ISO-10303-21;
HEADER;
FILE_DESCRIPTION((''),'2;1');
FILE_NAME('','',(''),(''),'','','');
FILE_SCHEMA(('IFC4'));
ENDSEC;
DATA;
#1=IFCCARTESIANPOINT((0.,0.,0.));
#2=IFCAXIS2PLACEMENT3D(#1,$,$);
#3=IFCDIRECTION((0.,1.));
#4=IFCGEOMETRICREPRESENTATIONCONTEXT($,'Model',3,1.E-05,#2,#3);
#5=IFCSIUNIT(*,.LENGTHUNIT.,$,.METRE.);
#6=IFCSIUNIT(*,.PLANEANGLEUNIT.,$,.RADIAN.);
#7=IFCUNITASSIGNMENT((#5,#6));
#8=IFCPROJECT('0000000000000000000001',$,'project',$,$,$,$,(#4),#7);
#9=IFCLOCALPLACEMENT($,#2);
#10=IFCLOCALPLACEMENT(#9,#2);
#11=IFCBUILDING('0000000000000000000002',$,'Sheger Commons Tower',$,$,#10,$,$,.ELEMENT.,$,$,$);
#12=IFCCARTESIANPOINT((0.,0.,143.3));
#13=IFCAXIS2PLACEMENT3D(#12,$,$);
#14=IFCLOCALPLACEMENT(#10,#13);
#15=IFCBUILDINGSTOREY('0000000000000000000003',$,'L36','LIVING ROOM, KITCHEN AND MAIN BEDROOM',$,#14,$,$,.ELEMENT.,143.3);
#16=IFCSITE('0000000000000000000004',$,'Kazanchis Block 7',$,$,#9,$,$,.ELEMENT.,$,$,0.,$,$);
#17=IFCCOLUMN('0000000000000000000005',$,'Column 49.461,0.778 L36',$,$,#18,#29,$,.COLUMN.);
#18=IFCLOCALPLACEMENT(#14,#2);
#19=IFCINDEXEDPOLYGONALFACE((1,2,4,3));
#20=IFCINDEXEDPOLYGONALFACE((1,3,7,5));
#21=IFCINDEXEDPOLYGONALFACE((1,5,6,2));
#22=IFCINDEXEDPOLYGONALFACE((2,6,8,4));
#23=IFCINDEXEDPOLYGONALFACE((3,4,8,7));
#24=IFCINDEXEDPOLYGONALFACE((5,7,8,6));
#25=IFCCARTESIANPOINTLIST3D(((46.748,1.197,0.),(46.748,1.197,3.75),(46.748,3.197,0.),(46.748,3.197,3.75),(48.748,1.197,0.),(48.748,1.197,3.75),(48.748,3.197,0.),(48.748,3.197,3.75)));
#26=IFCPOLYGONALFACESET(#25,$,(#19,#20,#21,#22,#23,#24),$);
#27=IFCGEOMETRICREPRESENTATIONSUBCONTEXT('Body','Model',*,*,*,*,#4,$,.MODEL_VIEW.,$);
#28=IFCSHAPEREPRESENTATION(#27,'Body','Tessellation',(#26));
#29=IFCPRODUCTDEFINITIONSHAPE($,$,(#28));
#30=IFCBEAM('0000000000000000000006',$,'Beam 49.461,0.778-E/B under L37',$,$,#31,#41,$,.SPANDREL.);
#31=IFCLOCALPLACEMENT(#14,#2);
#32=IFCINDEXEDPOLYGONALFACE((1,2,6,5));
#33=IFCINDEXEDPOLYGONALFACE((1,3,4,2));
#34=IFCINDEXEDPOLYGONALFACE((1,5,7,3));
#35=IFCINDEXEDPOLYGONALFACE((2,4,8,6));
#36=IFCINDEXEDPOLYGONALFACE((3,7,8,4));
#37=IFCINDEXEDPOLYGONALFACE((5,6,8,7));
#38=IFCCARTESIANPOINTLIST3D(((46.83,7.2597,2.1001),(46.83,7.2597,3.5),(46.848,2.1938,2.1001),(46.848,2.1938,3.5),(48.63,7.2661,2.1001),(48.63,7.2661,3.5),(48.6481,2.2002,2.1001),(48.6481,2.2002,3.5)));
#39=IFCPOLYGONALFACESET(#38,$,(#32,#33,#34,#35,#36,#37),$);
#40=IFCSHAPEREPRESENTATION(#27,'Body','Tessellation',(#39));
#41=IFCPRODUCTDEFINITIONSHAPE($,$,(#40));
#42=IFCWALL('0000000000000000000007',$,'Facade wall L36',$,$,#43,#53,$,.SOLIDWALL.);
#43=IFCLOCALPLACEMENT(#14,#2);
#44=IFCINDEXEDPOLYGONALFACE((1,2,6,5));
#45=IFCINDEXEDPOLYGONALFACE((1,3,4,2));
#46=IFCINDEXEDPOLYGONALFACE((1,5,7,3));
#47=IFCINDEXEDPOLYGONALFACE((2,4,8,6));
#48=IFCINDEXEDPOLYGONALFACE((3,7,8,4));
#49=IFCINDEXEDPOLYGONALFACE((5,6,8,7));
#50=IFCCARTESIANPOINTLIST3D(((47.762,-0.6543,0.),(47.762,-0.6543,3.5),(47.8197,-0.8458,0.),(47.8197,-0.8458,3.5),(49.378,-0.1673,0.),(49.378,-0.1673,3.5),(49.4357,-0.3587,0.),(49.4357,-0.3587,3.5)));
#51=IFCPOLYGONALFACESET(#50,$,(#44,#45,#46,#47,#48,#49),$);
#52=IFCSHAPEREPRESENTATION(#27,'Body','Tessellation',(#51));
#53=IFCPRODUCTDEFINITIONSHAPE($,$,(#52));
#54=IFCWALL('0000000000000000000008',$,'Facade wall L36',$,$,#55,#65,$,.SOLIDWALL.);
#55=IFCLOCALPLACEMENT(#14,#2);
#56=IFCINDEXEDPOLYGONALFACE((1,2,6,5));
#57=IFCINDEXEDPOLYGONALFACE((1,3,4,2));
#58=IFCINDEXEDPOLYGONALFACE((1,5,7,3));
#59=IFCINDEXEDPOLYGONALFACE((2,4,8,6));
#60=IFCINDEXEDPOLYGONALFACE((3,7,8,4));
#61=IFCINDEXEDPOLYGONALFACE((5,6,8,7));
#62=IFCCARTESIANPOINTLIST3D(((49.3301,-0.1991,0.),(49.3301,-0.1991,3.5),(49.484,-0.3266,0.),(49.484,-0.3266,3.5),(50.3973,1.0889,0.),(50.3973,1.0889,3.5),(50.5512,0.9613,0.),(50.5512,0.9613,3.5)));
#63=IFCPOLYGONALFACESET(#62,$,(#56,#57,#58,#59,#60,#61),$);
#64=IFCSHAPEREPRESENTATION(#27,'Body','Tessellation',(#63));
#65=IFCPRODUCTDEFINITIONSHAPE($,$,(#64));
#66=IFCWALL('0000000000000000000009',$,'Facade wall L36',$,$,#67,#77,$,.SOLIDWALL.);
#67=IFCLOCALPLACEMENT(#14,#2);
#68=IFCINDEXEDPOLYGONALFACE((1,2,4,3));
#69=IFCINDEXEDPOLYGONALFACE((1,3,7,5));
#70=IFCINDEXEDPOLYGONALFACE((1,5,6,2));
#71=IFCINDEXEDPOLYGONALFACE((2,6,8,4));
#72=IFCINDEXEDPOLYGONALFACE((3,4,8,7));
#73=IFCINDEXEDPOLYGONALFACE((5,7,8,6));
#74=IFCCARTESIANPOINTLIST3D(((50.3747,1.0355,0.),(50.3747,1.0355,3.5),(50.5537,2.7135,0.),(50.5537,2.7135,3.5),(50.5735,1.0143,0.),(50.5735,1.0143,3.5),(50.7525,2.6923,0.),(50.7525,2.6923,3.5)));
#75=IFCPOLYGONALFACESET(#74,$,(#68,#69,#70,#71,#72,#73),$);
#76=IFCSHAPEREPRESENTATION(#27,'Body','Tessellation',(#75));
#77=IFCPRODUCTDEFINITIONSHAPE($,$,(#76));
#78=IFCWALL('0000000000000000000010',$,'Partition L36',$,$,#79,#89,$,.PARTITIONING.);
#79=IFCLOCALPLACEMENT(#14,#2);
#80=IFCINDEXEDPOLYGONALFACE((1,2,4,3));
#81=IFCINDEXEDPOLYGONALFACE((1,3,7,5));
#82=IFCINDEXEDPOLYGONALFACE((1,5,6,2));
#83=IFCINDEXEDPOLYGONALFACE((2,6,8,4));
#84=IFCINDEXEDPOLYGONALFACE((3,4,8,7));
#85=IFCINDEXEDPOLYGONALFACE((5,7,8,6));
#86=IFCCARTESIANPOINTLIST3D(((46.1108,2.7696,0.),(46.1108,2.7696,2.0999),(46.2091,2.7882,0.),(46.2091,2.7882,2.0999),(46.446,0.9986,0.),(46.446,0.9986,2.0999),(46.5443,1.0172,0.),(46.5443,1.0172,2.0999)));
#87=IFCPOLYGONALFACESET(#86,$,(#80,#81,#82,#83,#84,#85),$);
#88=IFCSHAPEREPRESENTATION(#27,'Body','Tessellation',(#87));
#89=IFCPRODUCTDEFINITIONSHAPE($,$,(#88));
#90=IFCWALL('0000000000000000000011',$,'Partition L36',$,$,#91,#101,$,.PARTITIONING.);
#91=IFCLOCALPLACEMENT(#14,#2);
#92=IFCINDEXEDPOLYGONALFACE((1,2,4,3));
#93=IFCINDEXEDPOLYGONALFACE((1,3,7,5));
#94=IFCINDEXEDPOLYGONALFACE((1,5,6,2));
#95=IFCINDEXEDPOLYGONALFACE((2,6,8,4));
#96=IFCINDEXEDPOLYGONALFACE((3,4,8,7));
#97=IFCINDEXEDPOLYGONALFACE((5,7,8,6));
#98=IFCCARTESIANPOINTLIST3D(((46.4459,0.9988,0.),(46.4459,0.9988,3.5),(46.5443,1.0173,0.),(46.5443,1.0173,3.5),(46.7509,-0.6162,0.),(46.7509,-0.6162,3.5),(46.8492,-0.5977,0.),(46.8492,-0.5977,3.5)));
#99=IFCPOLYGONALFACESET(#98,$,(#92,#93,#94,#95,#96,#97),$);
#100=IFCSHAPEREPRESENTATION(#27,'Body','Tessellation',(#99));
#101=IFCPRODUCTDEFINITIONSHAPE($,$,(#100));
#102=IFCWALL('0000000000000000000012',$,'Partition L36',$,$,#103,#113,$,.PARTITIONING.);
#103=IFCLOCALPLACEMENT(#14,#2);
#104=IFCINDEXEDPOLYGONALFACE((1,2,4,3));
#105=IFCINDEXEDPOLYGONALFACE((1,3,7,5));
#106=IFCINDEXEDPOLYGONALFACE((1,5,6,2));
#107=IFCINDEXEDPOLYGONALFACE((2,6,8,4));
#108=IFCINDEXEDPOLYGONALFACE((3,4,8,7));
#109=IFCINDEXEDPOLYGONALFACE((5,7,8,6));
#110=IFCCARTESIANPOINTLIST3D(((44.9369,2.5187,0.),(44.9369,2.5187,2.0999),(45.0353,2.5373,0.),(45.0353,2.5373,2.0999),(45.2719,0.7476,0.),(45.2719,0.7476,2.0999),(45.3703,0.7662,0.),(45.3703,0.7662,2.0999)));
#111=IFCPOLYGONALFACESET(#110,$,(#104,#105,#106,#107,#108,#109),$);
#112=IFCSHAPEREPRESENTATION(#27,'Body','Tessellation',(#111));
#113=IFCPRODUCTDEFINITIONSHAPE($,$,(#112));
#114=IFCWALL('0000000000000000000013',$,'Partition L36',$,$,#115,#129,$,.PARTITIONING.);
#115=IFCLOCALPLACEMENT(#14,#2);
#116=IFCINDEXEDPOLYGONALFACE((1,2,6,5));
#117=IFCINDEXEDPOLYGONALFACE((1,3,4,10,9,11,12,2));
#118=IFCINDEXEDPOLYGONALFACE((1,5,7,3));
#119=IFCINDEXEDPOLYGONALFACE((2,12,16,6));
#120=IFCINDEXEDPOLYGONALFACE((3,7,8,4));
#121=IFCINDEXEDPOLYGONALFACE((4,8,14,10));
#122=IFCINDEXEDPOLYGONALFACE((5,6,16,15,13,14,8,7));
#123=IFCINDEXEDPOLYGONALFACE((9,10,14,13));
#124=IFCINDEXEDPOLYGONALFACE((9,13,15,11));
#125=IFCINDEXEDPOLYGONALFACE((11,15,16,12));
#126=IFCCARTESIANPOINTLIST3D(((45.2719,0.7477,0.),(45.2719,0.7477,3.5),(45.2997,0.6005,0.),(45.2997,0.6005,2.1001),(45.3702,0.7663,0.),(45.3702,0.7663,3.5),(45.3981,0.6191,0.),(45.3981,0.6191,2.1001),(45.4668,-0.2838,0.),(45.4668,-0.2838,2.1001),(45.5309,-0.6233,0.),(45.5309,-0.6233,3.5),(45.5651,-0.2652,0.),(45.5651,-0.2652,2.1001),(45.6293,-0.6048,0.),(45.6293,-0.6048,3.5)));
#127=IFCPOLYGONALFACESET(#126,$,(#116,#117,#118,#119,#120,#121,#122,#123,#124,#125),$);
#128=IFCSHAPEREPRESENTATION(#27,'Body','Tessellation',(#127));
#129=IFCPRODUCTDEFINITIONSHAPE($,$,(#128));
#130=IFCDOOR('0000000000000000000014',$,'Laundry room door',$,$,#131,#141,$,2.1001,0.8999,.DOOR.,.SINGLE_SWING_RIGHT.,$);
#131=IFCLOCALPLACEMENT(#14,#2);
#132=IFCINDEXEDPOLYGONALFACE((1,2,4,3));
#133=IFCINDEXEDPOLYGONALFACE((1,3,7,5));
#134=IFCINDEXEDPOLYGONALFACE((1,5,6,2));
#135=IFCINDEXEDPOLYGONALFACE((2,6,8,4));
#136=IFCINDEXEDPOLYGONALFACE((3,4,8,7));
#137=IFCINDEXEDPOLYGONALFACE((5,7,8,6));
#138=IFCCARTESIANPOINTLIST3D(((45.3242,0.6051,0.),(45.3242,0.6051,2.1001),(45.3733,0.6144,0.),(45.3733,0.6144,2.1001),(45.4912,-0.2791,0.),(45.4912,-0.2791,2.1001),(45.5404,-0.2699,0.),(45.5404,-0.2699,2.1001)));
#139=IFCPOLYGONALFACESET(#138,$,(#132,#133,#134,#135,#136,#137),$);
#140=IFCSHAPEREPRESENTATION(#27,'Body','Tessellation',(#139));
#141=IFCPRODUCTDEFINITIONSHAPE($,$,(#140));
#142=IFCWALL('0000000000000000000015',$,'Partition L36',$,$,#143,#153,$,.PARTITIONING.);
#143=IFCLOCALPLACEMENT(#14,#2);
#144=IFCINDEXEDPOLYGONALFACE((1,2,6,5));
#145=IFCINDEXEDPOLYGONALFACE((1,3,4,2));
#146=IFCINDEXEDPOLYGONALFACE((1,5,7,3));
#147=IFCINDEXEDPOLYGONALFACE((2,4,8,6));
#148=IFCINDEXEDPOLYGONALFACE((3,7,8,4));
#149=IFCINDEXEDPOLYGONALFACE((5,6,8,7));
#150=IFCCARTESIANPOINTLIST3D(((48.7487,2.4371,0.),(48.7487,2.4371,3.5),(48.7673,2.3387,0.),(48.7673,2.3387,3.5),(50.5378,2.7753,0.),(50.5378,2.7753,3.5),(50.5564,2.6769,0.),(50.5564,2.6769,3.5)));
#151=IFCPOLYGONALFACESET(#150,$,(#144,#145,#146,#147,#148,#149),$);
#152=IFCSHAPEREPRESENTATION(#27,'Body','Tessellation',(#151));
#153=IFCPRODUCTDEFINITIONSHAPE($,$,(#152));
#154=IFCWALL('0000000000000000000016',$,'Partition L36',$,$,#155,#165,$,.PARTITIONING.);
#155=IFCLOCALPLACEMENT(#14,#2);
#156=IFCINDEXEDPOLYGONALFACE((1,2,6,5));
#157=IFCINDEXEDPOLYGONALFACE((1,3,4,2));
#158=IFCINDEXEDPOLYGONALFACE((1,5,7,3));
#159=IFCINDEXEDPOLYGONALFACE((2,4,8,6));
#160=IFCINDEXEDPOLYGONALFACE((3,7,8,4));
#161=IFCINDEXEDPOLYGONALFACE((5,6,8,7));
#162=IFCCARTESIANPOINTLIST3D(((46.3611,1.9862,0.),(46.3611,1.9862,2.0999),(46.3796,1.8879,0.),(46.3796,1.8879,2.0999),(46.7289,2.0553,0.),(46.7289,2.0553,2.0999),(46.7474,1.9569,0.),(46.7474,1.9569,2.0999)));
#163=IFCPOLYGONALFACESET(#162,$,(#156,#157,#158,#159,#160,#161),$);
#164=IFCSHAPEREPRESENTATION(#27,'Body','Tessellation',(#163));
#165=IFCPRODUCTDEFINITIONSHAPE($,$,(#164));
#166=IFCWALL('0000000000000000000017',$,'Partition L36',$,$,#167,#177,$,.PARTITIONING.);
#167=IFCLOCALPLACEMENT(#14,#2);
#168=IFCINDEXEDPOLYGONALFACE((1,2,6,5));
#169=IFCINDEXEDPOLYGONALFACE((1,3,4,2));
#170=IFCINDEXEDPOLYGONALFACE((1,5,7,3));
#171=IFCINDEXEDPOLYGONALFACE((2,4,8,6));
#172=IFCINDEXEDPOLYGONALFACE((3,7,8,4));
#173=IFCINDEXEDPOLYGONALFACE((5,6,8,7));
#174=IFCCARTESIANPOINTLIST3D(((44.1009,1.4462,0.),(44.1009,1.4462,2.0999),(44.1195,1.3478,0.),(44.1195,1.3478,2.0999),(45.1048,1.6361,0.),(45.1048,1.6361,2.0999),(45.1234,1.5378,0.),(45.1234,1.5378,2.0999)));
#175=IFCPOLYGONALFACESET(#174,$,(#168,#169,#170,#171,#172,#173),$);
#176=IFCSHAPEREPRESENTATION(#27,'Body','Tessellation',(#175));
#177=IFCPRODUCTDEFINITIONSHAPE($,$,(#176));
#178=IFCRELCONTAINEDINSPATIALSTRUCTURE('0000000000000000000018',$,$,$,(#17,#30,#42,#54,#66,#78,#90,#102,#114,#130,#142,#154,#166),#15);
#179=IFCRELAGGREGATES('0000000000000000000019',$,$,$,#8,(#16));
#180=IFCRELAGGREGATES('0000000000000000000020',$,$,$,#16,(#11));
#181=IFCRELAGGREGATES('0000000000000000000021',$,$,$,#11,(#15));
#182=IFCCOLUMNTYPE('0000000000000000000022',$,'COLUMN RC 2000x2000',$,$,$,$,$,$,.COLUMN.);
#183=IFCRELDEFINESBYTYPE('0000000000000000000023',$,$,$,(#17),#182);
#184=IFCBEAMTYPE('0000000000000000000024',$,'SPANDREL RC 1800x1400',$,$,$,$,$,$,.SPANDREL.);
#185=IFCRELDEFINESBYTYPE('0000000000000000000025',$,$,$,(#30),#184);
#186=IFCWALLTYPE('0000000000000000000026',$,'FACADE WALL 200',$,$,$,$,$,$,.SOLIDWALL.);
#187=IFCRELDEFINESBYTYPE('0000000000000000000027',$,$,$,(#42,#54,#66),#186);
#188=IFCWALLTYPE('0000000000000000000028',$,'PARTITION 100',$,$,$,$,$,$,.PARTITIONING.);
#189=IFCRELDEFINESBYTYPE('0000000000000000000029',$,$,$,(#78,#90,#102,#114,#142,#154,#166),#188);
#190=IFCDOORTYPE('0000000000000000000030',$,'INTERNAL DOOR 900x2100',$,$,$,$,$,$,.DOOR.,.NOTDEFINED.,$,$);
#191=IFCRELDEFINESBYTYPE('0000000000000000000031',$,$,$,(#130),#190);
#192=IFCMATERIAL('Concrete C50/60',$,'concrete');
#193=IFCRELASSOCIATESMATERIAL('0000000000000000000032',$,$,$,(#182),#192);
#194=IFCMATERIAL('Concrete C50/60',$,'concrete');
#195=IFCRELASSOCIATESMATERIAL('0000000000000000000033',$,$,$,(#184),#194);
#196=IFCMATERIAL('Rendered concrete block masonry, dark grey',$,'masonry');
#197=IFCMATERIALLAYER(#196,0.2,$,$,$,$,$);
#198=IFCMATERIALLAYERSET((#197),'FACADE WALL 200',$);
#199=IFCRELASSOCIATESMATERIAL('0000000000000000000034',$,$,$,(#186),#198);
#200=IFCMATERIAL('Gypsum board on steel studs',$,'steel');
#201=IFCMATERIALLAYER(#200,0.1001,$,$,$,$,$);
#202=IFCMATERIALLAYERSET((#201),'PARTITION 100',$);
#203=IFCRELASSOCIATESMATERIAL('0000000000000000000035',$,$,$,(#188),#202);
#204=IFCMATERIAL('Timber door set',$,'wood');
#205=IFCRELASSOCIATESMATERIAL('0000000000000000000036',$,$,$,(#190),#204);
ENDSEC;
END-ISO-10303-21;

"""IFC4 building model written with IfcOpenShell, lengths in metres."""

from ifc_helpers import new_model, si_unit, direction, frame, frame_2d, origin, origin_2d, place, context, subcontext, project, spatial, rectangle, extrude, material, layer, layer_set, material_profile, profile_set, type_object, element, fill, save


model = new_model("IFC4")

# Units and contexts
model_context = context("Model", 3, precision=1e-05, world=origin(), true_north=direction((0.0, 1.0)))
body_context = subcontext(model_context, "Body", "Model", "MODEL_VIEW")
ifc_project = project(units=[si_unit("LENGTHUNIT", "METRE"), si_unit("PLANEANGLEUNIT", "RADIAN")], contexts=[model_context])

# Site, building, storey
site_placement = place(None, origin())
site = spatial("IfcSite", under=ifc_project, at=site_placement, Name="Kazanchis Block 7", CompositionType="ELEMENT", RefElevation=0.0)
building_placement = place(site_placement, origin())
building = spatial("IfcBuilding", under=site, at=building_placement, Name="Sheger Commons Tower", CompositionType="ELEMENT")
storey_placement = place(building_placement, frame((0.0, 0.0, 143.3)))
storey = spatial("IfcBuildingStorey", under=building, at=storey_placement, Name="L36", Description="LIVING ROOM, KITCHEN AND MAIN BEDROOM", CompositionType="ELEMENT", Elevation=143.3)

# Column
ifc_material_1 = material(Name="Concrete C50/60", Category="concrete")
ifc_material_profile_1 = material_profile(ifc_material_1, rectangle(XDim=2.0, YDim=2.0, at=origin_2d()), Name="RC 2000x2000")
ifc_profile_set_1 = profile_set([ifc_material_profile_1], Name="Concrete C50/60")
column_type = type_object("IfcColumnType", Name="COLUMN RC 2000x2000", PredefinedType="COLUMN", material=ifc_profile_set_1)
column_placement = place(storey_placement, frame((47.748, 2.197, 0.0), z_axis=(0.0, 0.0, 1.0), x_axis=(1.0, 0.0, 0.0)))
element("IfcColumn", 1, at=column_placement, inside=storey, type_object=column_type, Name="Column 49.461,0.778 L36", PredefinedType="COLUMN", context=body_context, shape_type="SweptSolid", body=[
    extrude(rectangle(XDim=2.0, YDim=2.0, at=origin_2d()), origin(), (0.0, 0.0, 1.0), 3.75),
])

# Beam
ifc_material_2 = material(Name="Concrete C50/60", Category="concrete")
ifc_material_profile_2 = material_profile(ifc_material_2, rectangle(XDim=1.8, YDim=1.3999, at=origin_2d()), Name="RC 1800x1400")
ifc_profile_set_2 = profile_set([ifc_material_profile_2], Name="Concrete C50/60")
beam_type = type_object("IfcBeamType", Name="SPANDREL RC 1800x1400", PredefinedType="SPANDREL", material=ifc_profile_set_2)
beam_placement = place(storey_placement, frame((47.748, 2.197, 2.8), z_axis=(-0.003566, 0.999994, 0.0), x_axis=(-0.999994, -0.003566, 0.0)))
element("IfcBeam", 2, at=beam_placement, inside=storey, type_object=beam_type, Name="Beam 49.461,0.778-E/B under L37", PredefinedType="SPANDREL", context=body_context, shape_type="SweptSolid", body=[
    extrude(rectangle(XDim=1.8, YDim=1.3999, at=origin_2d()), origin(), (0.0, 0.0, 1.0), 5.0659),
])

# Walls
ifc_material_3 = material(Name="Rendered concrete block masonry, dark grey", Category="masonry")
ifc_layer_1 = layer(ifc_material_3, 0.2)
ifc_layer_set_1 = layer_set([ifc_layer_1], Name="FACADE WALL 200")
wall_type_1 = type_object("IfcWallType", Name="FACADE WALL 200", PredefinedType="SOLIDWALL", material=ifc_layer_set_1)
wall_1_placement = place(storey_placement, frame((47.791, -0.75, 0.0), z_axis=(0.0, 0.0, 1.0), x_axis=(0.957455, 0.288582, 0.0)))
element("IfcWall", 3, at=wall_1_placement, inside=storey, type_object=wall_type_1, Name="Facade wall L36", PredefinedType="SOLIDWALL", context=body_context, shape_type="SweptSolid", body=[
    extrude(rectangle(XDim=1.6877, YDim=0.2, at=frame_2d((0.8438, 0.0))), origin(), (0.0, 0.0, 1.0), 3.5),
])
wall_2_placement = place(storey_placement, frame((49.407, -0.2629, 0.0), z_axis=(0.0, 0.0, 1.0), x_axis=(0.638043, 0.770001, 0.0)))
element("IfcWall", 4, at=wall_2_placement, inside=storey, type_object=wall_type_1, Name="Facade wall L36", PredefinedType="SOLIDWALL", context=body_context, shape_type="SweptSolid", body=[
    extrude(rectangle(XDim=1.6726, YDim=0.2, at=frame_2d((0.8364, 0.0))), origin(), (0.0, 0.0, 1.0), 3.5),
])
wall_3_placement = place(storey_placement, frame((50.4741, 1.0249, 0.0), z_axis=(0.0, 0.0, 1.0), x_axis=(0.106048, 0.994361, 0.0)))
element("IfcWall", 5, at=wall_3_placement, inside=storey, type_object=wall_type_1, Name="Facade wall L36", PredefinedType="SOLIDWALL", context=body_context, shape_type="SweptSolid", body=[
    extrude(rectangle(XDim=1.6875, YDim=0.2, at=frame_2d((0.8438, 0.0))), origin(), (0.0, 0.0, 1.0), 3.5),
])

# Walls
ifc_material_4 = material(Name="Gypsum board on steel studs", Category="steel")
ifc_layer_2 = layer(ifc_material_4, 0.1001)
ifc_layer_set_2 = layer_set([ifc_layer_2], Name="PARTITION 100")
wall_type_2 = type_object("IfcWallType", Name="PARTITION 100", PredefinedType="PARTITIONING", material=ifc_layer_set_2)
wall_4_placement = place(storey_placement, frame((46.1599, 2.7791, 0.0), z_axis=(0.0, 0.0, 1.0), x_axis=(0.185973, -0.982555, 0.0)))
element("IfcWall", 6, at=wall_4_placement, inside=storey, type_object=wall_type_2, Name="Partition L36", PredefinedType="PARTITIONING", context=body_context, shape_type="SweptSolid", body=[
    extrude(rectangle(XDim=1.8025, YDim=0.1001, at=frame_2d((0.9014, 0.0))), origin(), (0.0, 0.0, 1.0), 2.0999),
])
wall_5_placement = place(storey_placement, frame((46.4951, 1.0081, 0.0), z_axis=(0.0, 0.0, 1.0), x_axis=(0.185535, -0.982638, 0.0)))
element("IfcWall", 7, at=wall_5_placement, inside=storey, type_object=wall_type_2, Name="Partition L36", PredefinedType="PARTITIONING", context=body_context, shape_type="SweptSolid", body=[
    extrude(rectangle(XDim=1.6436, YDim=0.1001, at=frame_2d((0.8218, 0.0))), origin(), (0.0, 0.0, 1.0), 3.5),
])
wall_6_placement = place(storey_placement, frame((44.9861, 2.5281, 0.0), z_axis=(0.0, 0.0, 1.0), x_axis=(0.185842, -0.98258, 0.0)))
element("IfcWall", 8, at=wall_6_placement, inside=storey, type_object=wall_type_2, Name="Partition L36", PredefinedType="PARTITIONING", context=body_context, shape_type="SweptSolid", body=[
    extrude(rectangle(XDim=1.8025, YDim=0.1001, at=frame_2d((0.9014, 0.0))), origin(), (0.0, 0.0, 1.0), 2.0999),
])

# Wall, opening, door
wall_7_placement = place(storey_placement, frame((45.321, 0.7571, 0.0), z_axis=(0.0, 0.0, 1.0), x_axis=(0.185641, -0.982618, 0.0)))
wall_7 = element("IfcWall", 9, at=wall_7_placement, inside=storey, type_object=wall_type_2, Name="Partition L36", PredefinedType="PARTITIONING", context=body_context, shape_type="SweptSolid", body=[
    extrude(rectangle(XDim=1.3953, YDim=0.1001, at=frame_2d((0.6978, 0.0))), origin(), (0.0, 0.0, 1.0), 3.5),
])
opening_1_placement = place(wall_7_placement, frame((0.1499, 0.0, 0.0)))
opening_1 = element("IfcOpeningElement", 10, at=opening_1_placement, cuts=wall_7, PredefinedType="OPENING", context=body_context, shape_type="SweptSolid", body=[
    extrude(rectangle(XDim=0.8999, YDim=2.1001, at=frame_2d((0.45, 1.05))), frame((0.0, 0.0601, 0.0), z_axis=(0.0, -1.0, 0.0), x_axis=(1.0, 0.0, 0.0)), (0.0, 0.0, 1.0), 0.1201),
])
ifc_material_5 = material(Name="Timber door set", Category="wood")
door_type = type_object("IfcDoorType", Name="INTERNAL DOOR 900x2100", OperationType="NOTDEFINED", PredefinedType="DOOR", material=ifc_material_5)
door_placement = place(opening_1_placement, origin())
door = element("IfcDoor", 11, at=door_placement, inside=storey, type_object=door_type, Name="Laundry room door", OperationType="SINGLE_SWING_RIGHT", OverallHeight=2.1001, OverallWidth=0.8999, PredefinedType="DOOR", context=body_context, shape_type="SweptSolid", body=[
    extrude(rectangle(XDim=0.8999, YDim=2.1001, at=frame_2d((0.45, 1.05))), frame((0.0, 0.0249, 0.0), z_axis=(0.0, -1.0, 0.0), x_axis=(1.0, 0.0, 0.0)), (0.0, 0.0, 1.0), 0.05),
])
fill(opening_1, door)

# Walls
wall_8_placement = place(storey_placement, frame((50.5471, 2.7261, 0.0), z_axis=(0.0, 0.0, 1.0), x_axis=(-0.982604, -0.185713, 0.0)))
element("IfcWall", 12, at=wall_8_placement, inside=storey, type_object=wall_type_2, Name="Partition L36", PredefinedType="PARTITIONING", context=body_context, shape_type="SweptSolid", body=[
    extrude(rectangle(XDim=1.8208, YDim=0.1001, at=frame_2d((0.9104, 0.0))), origin(), (0.0, 0.0, 1.0), 3.5),
])
wall_9_placement = place(storey_placement, frame((46.738, 2.0061, 0.0), z_axis=(0.0, 0.0, 1.0), x_axis=(-0.98282, -0.184564, 0.0)))
element("IfcWall", 13, at=wall_9_placement, inside=storey, type_object=wall_type_2, Name="Partition L36", PredefinedType="PARTITIONING", context=body_context, shape_type="SweptSolid", body=[
    extrude(rectangle(XDim=0.3743, YDim=0.1001, at=frame_2d((0.187, 0.0))), origin(), (0.0, 0.0, 1.0), 2.0999),
])
wall_10_placement = place(storey_placement, frame((45.114, 1.5869, 0.0), z_axis=(0.0, 0.0, 1.0), x_axis=(-0.982568, -0.185904, 0.0)))
element("IfcWall", 14, at=wall_10_placement, inside=storey, type_object=wall_type_2, Name="Partition L36", PredefinedType="PARTITIONING", context=body_context, shape_type="SweptSolid", body=[
    extrude(rectangle(XDim=1.0217, YDim=0.1001, at=frame_2d((0.5107, 0.0))), origin(), (0.0, 0.0, 1.0), 2.0999),
])

save(model, "model.ifc")
